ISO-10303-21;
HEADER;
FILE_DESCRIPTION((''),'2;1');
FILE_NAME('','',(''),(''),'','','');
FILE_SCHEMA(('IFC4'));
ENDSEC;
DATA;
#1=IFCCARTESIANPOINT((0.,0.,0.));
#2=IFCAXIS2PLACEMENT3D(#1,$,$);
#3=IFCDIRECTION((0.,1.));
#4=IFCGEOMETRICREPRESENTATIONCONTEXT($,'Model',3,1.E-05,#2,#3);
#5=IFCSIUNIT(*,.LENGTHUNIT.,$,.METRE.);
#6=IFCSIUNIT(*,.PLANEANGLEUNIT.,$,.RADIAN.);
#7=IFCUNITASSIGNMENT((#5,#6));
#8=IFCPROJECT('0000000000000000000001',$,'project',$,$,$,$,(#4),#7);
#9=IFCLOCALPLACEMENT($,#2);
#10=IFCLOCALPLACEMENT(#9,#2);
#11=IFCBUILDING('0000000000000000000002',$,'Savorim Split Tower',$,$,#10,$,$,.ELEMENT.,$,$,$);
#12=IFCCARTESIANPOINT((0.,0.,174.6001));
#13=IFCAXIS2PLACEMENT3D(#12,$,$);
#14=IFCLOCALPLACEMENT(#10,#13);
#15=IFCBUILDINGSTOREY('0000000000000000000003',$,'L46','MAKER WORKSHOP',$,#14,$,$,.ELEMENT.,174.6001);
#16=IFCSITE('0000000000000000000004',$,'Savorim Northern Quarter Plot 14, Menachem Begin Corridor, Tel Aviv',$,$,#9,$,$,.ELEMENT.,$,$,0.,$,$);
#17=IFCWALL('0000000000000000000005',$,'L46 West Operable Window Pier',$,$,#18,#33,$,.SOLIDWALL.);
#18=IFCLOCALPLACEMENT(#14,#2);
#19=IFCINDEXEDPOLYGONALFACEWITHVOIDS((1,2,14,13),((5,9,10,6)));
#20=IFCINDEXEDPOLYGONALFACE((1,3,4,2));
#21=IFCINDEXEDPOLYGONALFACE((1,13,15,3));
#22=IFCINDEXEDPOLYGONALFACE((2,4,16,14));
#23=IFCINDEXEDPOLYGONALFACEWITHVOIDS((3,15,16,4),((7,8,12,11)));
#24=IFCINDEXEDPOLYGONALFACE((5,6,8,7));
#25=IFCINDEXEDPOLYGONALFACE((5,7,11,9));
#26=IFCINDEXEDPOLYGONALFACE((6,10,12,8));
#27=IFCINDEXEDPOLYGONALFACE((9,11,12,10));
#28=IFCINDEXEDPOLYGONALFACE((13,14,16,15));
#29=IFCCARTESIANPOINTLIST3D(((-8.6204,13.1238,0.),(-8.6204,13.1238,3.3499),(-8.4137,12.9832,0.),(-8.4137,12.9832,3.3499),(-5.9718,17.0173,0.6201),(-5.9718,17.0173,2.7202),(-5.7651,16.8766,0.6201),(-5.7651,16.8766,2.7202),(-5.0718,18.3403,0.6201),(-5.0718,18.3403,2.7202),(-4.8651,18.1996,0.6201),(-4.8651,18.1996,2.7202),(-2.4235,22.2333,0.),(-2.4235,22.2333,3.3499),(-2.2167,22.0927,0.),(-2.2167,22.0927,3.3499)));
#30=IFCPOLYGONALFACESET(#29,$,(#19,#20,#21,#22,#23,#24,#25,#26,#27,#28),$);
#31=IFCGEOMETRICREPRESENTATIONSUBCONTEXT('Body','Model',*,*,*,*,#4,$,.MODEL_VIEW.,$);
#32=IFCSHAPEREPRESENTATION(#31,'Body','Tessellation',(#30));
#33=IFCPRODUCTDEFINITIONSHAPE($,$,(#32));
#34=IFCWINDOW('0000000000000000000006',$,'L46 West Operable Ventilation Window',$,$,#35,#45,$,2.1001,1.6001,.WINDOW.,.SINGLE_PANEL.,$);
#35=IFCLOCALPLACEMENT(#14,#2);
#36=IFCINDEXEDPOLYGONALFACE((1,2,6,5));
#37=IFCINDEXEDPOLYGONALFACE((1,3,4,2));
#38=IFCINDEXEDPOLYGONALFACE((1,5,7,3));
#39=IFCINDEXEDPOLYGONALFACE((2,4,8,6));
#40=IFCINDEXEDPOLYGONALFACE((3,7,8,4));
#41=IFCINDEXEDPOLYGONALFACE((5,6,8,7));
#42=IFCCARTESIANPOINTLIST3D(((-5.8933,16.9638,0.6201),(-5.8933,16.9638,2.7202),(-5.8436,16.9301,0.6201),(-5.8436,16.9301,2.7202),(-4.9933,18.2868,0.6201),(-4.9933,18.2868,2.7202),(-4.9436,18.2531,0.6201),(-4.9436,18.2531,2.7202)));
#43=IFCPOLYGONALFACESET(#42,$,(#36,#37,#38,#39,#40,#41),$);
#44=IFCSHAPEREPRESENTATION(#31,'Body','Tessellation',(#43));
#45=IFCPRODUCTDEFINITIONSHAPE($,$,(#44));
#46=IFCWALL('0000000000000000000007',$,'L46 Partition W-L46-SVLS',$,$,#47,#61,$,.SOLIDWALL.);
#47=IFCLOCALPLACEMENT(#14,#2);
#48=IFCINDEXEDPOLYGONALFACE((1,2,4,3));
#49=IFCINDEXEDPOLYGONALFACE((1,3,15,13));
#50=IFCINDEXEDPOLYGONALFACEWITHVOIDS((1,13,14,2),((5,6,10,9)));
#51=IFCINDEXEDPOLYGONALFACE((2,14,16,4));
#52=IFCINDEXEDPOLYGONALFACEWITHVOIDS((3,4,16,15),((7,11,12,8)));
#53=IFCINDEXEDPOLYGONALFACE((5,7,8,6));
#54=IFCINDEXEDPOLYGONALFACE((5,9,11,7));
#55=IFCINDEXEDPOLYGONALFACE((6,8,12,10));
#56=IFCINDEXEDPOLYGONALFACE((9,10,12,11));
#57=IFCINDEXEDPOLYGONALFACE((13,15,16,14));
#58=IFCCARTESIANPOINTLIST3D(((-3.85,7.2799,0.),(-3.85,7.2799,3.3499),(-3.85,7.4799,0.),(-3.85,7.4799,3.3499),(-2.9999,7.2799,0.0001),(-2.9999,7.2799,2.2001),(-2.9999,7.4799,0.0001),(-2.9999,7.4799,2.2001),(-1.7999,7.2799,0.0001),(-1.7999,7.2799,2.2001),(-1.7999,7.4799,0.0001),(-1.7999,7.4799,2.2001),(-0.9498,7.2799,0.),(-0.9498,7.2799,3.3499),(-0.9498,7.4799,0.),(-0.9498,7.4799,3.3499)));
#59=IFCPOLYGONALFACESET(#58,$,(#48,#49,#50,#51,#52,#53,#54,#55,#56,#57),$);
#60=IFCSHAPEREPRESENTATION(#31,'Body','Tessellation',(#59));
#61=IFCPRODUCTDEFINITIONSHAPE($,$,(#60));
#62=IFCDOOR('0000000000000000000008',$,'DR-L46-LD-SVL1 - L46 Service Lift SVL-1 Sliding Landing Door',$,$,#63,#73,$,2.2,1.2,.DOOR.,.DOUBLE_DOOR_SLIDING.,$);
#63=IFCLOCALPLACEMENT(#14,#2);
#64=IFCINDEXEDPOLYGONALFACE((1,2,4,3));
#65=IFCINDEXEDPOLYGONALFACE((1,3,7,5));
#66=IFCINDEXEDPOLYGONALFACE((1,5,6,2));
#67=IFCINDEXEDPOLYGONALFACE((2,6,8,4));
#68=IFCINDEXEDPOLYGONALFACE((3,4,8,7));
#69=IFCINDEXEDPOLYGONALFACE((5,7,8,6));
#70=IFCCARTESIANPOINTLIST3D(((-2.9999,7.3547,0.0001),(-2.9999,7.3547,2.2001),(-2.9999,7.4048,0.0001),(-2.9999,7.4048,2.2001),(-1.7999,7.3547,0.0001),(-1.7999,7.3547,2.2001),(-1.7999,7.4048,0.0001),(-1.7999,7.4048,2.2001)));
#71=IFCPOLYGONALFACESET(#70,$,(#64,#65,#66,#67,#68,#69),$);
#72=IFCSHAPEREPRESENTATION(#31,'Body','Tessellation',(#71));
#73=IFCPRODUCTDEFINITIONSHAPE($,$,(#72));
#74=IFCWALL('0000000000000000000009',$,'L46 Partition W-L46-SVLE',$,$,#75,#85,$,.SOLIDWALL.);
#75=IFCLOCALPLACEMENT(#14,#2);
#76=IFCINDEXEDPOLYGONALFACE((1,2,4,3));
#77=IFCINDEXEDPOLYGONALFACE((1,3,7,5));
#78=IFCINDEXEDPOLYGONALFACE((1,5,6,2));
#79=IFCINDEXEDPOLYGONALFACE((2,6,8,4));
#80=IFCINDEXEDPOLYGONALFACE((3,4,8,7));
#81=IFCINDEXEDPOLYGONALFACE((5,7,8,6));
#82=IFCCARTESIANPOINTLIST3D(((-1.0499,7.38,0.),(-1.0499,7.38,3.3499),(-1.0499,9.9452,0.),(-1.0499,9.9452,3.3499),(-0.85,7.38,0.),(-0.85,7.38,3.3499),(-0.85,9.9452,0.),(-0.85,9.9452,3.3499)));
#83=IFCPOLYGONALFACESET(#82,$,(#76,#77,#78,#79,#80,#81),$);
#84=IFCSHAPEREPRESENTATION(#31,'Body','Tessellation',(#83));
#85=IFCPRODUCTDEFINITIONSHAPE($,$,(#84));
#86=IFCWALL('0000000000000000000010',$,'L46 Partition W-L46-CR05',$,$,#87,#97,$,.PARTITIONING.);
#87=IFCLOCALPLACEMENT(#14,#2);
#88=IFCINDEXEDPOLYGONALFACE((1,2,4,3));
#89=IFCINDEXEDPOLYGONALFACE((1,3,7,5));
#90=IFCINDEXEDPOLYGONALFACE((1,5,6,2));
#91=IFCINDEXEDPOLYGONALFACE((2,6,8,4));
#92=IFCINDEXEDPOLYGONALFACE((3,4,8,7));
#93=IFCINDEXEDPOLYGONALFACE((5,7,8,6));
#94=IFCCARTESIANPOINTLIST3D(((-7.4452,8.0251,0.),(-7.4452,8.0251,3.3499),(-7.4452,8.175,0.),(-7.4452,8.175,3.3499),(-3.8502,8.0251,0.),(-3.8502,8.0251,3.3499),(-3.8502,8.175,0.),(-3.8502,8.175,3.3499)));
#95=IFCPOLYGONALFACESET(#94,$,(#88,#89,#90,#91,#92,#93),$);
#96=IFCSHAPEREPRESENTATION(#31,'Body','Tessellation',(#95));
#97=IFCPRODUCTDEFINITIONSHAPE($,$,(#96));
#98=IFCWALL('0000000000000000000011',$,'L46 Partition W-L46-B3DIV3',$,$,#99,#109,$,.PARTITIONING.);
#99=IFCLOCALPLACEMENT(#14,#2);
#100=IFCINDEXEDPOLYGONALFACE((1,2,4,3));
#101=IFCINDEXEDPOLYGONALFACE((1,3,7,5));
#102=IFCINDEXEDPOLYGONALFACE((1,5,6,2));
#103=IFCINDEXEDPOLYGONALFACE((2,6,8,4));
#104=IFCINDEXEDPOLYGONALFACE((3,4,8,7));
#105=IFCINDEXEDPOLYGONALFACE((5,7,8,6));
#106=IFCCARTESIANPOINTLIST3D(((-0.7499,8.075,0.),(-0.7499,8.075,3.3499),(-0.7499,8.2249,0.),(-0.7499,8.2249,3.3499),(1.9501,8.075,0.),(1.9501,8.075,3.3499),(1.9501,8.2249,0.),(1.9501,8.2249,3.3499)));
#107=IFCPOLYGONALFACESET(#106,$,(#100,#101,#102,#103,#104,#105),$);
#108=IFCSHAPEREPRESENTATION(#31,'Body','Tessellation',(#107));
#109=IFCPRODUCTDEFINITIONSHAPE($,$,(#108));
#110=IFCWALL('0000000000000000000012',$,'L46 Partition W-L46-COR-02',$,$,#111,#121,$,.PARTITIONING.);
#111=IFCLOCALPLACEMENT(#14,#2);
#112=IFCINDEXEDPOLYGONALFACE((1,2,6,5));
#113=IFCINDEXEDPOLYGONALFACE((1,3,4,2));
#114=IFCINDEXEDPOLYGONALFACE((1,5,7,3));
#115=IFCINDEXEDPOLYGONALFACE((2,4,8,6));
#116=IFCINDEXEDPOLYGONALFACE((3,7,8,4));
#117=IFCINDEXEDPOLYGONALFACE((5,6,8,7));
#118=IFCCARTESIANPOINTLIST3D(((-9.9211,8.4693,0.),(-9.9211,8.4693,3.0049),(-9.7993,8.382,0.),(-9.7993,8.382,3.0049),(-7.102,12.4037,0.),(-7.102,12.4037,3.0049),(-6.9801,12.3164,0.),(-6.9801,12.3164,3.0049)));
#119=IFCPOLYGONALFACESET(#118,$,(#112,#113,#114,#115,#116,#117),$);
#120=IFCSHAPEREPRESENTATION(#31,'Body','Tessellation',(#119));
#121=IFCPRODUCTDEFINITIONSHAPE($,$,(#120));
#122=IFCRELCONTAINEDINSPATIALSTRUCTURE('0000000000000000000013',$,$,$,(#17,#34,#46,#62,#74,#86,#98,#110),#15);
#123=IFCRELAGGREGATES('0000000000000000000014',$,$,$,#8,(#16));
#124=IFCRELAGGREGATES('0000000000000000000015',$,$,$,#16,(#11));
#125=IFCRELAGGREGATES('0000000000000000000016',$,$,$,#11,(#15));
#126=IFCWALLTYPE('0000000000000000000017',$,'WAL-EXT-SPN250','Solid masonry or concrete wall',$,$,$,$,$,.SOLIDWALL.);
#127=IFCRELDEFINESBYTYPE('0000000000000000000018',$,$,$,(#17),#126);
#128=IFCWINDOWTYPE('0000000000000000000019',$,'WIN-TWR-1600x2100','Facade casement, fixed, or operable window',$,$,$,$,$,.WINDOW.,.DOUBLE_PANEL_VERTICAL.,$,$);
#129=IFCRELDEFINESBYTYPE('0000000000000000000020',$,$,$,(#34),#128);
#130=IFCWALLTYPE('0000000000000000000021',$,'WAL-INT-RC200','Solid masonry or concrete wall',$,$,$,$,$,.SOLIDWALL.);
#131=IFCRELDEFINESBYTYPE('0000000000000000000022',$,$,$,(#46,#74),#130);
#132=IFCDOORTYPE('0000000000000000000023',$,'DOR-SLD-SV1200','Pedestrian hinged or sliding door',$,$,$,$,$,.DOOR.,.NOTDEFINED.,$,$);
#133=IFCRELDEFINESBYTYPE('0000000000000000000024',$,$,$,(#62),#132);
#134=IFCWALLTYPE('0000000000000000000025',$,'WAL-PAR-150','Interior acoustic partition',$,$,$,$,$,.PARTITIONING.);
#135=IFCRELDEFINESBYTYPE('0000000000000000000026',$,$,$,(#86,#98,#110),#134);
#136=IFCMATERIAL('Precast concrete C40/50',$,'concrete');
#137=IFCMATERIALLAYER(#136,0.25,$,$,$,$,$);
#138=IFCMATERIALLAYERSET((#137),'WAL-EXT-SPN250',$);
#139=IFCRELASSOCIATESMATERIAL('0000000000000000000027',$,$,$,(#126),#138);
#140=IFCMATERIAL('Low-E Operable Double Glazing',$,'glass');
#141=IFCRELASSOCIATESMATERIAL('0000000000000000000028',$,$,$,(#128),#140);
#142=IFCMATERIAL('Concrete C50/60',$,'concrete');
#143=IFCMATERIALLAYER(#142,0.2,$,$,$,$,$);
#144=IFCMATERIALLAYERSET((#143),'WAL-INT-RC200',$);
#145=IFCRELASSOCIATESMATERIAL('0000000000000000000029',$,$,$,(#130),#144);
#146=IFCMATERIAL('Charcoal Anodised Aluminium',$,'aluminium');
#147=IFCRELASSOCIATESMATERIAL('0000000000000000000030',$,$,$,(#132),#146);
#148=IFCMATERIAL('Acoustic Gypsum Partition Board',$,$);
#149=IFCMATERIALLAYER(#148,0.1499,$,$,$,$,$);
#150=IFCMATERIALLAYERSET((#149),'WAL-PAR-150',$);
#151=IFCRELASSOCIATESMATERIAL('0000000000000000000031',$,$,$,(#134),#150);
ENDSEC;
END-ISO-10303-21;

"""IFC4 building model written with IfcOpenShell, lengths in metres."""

from ifc_helpers import new_model, si_unit, direction, frame, frame_2d, origin, place, context, subcontext, project, spatial, rectangle, extrude, material, layer, layer_set, type_object, element, fill, save


model = new_model("IFC4")

# Units and contexts
model_context = context("Model", 3, precision=1e-05, world=origin(), true_north=direction((0.0, 1.0)))
body_context = subcontext(model_context, "Body", "Model", "MODEL_VIEW")
ifc_project = project(units=[si_unit("LENGTHUNIT", "METRE"), si_unit("PLANEANGLEUNIT", "RADIAN")], contexts=[model_context])

# Site, building, storey
site_placement = place(None, origin())
site = spatial("IfcSite", under=ifc_project, at=site_placement, Name="Savorim Northern Quarter Plot 14, Menachem Begin Corridor, Tel Aviv", CompositionType="ELEMENT", RefElevation=0.0)
building_placement = place(site_placement, origin())
building = spatial("IfcBuilding", under=site, at=building_placement, Name="Savorim Split Tower", CompositionType="ELEMENT")
storey_placement = place(building_placement, frame((0.0, 0.0, 174.6001)))
storey = spatial("IfcBuildingStorey", under=building, at=storey_placement, Name="L46", Description="MAKER WORKSHOP", CompositionType="ELEMENT", Elevation=174.6001)

# Shared definitions
ifc_material_1 = material(Name="Charcoal Anodised Aluminium", Category="aluminium")

# Wall, opening, window
ifc_material_2 = material(Name="Precast concrete C40/50", Category="concrete")
ifc_material_3 = material(Name="Low-E Operable Double Glazing", Category="glass")
ifc_layer_1 = layer(ifc_material_2, 0.25)
ifc_layer_set_1 = layer_set([ifc_layer_1], Name="WAL-EXT-SPN250")
wall_type_1 = type_object("IfcWallType", Name="WAL-EXT-SPN250", Description="Solid masonry or concrete wall", PredefinedType="SOLIDWALL", material=ifc_layer_set_1)
wall_1_placement = place(storey_placement, frame((-8.5171, 13.0535, 0.0), z_axis=(0.0, 0.0, 1.0), x_axis=(0.562464, 0.826822, 0.0)))
wall_1 = element("IfcWall", 1, at=wall_1_placement, inside=storey, type_object=wall_type_1, Name="L46 West Operable Window Pier", PredefinedType="SOLIDWALL", context=body_context, shape_type="SweptSolid", body=[
    extrude(rectangle(XDim=11.0176, YDim=0.25, at=frame_2d((5.5088, 0.0))), origin(), (0.0, 0.0, 1.0), 3.3499),
])
opening_1_placement = place(wall_1_placement, frame((4.709, 0.0, 0.6201)))
opening_1 = element("IfcOpeningElement", 2, at=opening_1_placement, cuts=wall_1, PredefinedType="OPENING", context=body_context, shape_type="SweptSolid", body=[
    extrude(rectangle(XDim=1.6001, YDim=2.1001, at=frame_2d((0.8, 1.05))), frame((0.0, 0.135, 0.0), z_axis=(0.0, -1.0, 0.0), x_axis=(1.0, 0.0, 0.0)), (0.0, 0.0, 1.0), 0.27),
])
window_type_1 = type_object("IfcWindowType", Name="WIN-TWR-1600x2100", Description="Facade casement, fixed, or operable window", PartitioningType="DOUBLE_PANEL_VERTICAL", PredefinedType="WINDOW", material=ifc_material_3)
window_1_placement = place(opening_1_placement, origin())
window_1 = element("IfcWindow", 3, at=window_1_placement, inside=storey, type_object=window_type_1, Name="L46 West Operable Ventilation Window", OverallHeight=2.1001, OverallWidth=1.6001, PartitioningType="SINGLE_PANEL", PredefinedType="WINDOW", context=body_context, shape_type="SweptSolid", body=[
    extrude(rectangle(XDim=1.6001, YDim=2.1001, at=frame_2d((0.8, 1.05))), frame((0.0, 0.03, 0.0), z_axis=(0.0, -1.0, 0.0), x_axis=(1.0, 0.0, 0.0)), (0.0, 0.0, 1.0), 0.0601),
])
fill(opening_1, window_1)

# Wall, opening, door
ifc_material_4 = material(Name="Concrete C50/60", Category="concrete")
ifc_layer_2 = layer(ifc_material_4, 0.2)
ifc_layer_set_2 = layer_set([ifc_layer_2], Name="WAL-INT-RC200")
wall_type_2 = type_object("IfcWallType", Name="WAL-INT-RC200", Description="Solid masonry or concrete wall", PredefinedType="SOLIDWALL", material=ifc_layer_set_2)
wall_2_placement = place(storey_placement, frame((-3.8501, 7.3799, 0.0), z_axis=(0.0, 0.0, 1.0), x_axis=(1.0, 0.0, 0.0)))
wall_2 = element("IfcWall", 4, at=wall_2_placement, inside=storey, type_object=wall_type_2, Name="L46 Partition W-L46-SVLS", PredefinedType="SOLIDWALL", context=body_context, shape_type="SweptSolid", body=[
    extrude(rectangle(XDim=2.9001, YDim=0.2, at=frame_2d((1.4502, 0.0))), origin(), (0.0, 0.0, 1.0), 3.3499),
])
opening_2_placement = place(wall_2_placement, frame((0.8501, 0.0, 0.0)))
opening_2 = element("IfcOpeningElement", 5, at=opening_2_placement, cuts=wall_2, PredefinedType="OPENING", context=body_context, shape_type="SweptSolid", body=[
    extrude(rectangle(XDim=1.2, YDim=2.2, at=frame_2d((0.6001, 1.1001))), frame((0.0, 0.1099, 0.0), z_axis=(0.0, -1.0, 0.0), x_axis=(1.0, 0.0, 0.0)), (0.0, 0.0, 1.0), 0.22),
])
door_type_1 = type_object("IfcDoorType", Name="DOR-SLD-SV1200", Description="Pedestrian hinged or sliding door", OperationType="NOTDEFINED", PredefinedType="DOOR", material=ifc_material_1)
door_1_placement = place(opening_2_placement, origin())
door_1 = element("IfcDoor", 6, at=door_1_placement, inside=storey, type_object=door_type_1, Name="DR-L46-LD-SVL1 - L46 Service Lift SVL-1 Sliding Landing Door", OperationType="DOUBLE_DOOR_SLIDING", OverallHeight=2.2, OverallWidth=1.2, PredefinedType="DOOR", context=body_context, shape_type="SweptSolid", body=[
    extrude(rectangle(XDim=1.2, YDim=2.2, at=frame_2d((0.6001, 1.1001))), frame((0.0, 0.0249, 0.0), z_axis=(0.0, -1.0, 0.0), x_axis=(1.0, 0.0, 0.0)), (0.0, 0.0, 1.0), 0.05),
])
fill(opening_2, door_1)

# Walls
wall_3_placement = place(storey_placement, frame((-0.95, 7.3799, 0.0), z_axis=(0.0, 0.0, 1.0), x_axis=(0.0, 1.0, 0.0)))
element("IfcWall", 7, at=wall_3_placement, inside=storey, type_object=wall_type_2, Name="L46 Partition W-L46-SVLE", PredefinedType="SOLIDWALL", context=body_context, shape_type="SweptSolid", body=[
    extrude(rectangle(XDim=2.5652, YDim=0.2, at=frame_2d((1.2827, 0.0))), origin(), (0.0, 0.0, 1.0), 3.3499),
])
ifc_material_5 = material(Name="Acoustic Gypsum Partition Board")
ifc_layer_3 = layer(ifc_material_5, 0.1499)
ifc_layer_set_3 = layer_set([ifc_layer_3], Name="WAL-PAR-150")
wall_type_3 = type_object("IfcWallType", Name="WAL-PAR-150", Description="Interior acoustic partition", PredefinedType="PARTITIONING", material=ifc_layer_set_3)
wall_4_placement = place(storey_placement, frame((-7.4451, 8.1001, 0.0), z_axis=(0.0, 0.0, 1.0), x_axis=(1.0, 0.0, 0.0)))
element("IfcWall", 8, at=wall_4_placement, inside=storey, type_object=wall_type_3, Name="L46 Partition W-L46-CR05", PredefinedType="PARTITIONING", context=body_context, shape_type="SweptSolid", body=[
    extrude(rectangle(XDim=3.595, YDim=0.1499, at=frame_2d((1.7974, 0.0))), origin(), (0.0, 0.0, 1.0), 3.3499),
])
wall_5_placement = place(storey_placement, frame((-0.75, 8.1499, 0.0), z_axis=(0.0, 0.0, 1.0), x_axis=(1.0, 0.0, 0.0)))
element("IfcWall", 9, at=wall_5_placement, inside=storey, type_object=wall_type_3, Name="L46 Partition W-L46-B3DIV3", PredefinedType="PARTITIONING", context=body_context, shape_type="SweptSolid", body=[
    extrude(rectangle(XDim=2.7, YDim=0.1499, at=frame_2d((1.3501, 0.0))), origin(), (0.0, 0.0, 1.0), 3.3499),
])
wall_6_placement = place(storey_placement, frame((-9.8601, 8.4258, 0.0), z_axis=(0.0, 0.0, 1.0), x_axis=(0.58245, 0.812867, 0.0)))
element("IfcWall", 10, at=wall_6_placement, inside=storey, type_object=wall_type_3, Name="L46 Partition W-L46-COR-02", PredefinedType="PARTITIONING", context=body_context, shape_type="SweptSolid", body=[
    extrude(rectangle(XDim=4.8401, YDim=0.1499, at=frame_2d((2.4199, 0.0))), origin(), (0.0, 0.0, 1.0), 3.0049),
])

save(model, "model.ifc")
